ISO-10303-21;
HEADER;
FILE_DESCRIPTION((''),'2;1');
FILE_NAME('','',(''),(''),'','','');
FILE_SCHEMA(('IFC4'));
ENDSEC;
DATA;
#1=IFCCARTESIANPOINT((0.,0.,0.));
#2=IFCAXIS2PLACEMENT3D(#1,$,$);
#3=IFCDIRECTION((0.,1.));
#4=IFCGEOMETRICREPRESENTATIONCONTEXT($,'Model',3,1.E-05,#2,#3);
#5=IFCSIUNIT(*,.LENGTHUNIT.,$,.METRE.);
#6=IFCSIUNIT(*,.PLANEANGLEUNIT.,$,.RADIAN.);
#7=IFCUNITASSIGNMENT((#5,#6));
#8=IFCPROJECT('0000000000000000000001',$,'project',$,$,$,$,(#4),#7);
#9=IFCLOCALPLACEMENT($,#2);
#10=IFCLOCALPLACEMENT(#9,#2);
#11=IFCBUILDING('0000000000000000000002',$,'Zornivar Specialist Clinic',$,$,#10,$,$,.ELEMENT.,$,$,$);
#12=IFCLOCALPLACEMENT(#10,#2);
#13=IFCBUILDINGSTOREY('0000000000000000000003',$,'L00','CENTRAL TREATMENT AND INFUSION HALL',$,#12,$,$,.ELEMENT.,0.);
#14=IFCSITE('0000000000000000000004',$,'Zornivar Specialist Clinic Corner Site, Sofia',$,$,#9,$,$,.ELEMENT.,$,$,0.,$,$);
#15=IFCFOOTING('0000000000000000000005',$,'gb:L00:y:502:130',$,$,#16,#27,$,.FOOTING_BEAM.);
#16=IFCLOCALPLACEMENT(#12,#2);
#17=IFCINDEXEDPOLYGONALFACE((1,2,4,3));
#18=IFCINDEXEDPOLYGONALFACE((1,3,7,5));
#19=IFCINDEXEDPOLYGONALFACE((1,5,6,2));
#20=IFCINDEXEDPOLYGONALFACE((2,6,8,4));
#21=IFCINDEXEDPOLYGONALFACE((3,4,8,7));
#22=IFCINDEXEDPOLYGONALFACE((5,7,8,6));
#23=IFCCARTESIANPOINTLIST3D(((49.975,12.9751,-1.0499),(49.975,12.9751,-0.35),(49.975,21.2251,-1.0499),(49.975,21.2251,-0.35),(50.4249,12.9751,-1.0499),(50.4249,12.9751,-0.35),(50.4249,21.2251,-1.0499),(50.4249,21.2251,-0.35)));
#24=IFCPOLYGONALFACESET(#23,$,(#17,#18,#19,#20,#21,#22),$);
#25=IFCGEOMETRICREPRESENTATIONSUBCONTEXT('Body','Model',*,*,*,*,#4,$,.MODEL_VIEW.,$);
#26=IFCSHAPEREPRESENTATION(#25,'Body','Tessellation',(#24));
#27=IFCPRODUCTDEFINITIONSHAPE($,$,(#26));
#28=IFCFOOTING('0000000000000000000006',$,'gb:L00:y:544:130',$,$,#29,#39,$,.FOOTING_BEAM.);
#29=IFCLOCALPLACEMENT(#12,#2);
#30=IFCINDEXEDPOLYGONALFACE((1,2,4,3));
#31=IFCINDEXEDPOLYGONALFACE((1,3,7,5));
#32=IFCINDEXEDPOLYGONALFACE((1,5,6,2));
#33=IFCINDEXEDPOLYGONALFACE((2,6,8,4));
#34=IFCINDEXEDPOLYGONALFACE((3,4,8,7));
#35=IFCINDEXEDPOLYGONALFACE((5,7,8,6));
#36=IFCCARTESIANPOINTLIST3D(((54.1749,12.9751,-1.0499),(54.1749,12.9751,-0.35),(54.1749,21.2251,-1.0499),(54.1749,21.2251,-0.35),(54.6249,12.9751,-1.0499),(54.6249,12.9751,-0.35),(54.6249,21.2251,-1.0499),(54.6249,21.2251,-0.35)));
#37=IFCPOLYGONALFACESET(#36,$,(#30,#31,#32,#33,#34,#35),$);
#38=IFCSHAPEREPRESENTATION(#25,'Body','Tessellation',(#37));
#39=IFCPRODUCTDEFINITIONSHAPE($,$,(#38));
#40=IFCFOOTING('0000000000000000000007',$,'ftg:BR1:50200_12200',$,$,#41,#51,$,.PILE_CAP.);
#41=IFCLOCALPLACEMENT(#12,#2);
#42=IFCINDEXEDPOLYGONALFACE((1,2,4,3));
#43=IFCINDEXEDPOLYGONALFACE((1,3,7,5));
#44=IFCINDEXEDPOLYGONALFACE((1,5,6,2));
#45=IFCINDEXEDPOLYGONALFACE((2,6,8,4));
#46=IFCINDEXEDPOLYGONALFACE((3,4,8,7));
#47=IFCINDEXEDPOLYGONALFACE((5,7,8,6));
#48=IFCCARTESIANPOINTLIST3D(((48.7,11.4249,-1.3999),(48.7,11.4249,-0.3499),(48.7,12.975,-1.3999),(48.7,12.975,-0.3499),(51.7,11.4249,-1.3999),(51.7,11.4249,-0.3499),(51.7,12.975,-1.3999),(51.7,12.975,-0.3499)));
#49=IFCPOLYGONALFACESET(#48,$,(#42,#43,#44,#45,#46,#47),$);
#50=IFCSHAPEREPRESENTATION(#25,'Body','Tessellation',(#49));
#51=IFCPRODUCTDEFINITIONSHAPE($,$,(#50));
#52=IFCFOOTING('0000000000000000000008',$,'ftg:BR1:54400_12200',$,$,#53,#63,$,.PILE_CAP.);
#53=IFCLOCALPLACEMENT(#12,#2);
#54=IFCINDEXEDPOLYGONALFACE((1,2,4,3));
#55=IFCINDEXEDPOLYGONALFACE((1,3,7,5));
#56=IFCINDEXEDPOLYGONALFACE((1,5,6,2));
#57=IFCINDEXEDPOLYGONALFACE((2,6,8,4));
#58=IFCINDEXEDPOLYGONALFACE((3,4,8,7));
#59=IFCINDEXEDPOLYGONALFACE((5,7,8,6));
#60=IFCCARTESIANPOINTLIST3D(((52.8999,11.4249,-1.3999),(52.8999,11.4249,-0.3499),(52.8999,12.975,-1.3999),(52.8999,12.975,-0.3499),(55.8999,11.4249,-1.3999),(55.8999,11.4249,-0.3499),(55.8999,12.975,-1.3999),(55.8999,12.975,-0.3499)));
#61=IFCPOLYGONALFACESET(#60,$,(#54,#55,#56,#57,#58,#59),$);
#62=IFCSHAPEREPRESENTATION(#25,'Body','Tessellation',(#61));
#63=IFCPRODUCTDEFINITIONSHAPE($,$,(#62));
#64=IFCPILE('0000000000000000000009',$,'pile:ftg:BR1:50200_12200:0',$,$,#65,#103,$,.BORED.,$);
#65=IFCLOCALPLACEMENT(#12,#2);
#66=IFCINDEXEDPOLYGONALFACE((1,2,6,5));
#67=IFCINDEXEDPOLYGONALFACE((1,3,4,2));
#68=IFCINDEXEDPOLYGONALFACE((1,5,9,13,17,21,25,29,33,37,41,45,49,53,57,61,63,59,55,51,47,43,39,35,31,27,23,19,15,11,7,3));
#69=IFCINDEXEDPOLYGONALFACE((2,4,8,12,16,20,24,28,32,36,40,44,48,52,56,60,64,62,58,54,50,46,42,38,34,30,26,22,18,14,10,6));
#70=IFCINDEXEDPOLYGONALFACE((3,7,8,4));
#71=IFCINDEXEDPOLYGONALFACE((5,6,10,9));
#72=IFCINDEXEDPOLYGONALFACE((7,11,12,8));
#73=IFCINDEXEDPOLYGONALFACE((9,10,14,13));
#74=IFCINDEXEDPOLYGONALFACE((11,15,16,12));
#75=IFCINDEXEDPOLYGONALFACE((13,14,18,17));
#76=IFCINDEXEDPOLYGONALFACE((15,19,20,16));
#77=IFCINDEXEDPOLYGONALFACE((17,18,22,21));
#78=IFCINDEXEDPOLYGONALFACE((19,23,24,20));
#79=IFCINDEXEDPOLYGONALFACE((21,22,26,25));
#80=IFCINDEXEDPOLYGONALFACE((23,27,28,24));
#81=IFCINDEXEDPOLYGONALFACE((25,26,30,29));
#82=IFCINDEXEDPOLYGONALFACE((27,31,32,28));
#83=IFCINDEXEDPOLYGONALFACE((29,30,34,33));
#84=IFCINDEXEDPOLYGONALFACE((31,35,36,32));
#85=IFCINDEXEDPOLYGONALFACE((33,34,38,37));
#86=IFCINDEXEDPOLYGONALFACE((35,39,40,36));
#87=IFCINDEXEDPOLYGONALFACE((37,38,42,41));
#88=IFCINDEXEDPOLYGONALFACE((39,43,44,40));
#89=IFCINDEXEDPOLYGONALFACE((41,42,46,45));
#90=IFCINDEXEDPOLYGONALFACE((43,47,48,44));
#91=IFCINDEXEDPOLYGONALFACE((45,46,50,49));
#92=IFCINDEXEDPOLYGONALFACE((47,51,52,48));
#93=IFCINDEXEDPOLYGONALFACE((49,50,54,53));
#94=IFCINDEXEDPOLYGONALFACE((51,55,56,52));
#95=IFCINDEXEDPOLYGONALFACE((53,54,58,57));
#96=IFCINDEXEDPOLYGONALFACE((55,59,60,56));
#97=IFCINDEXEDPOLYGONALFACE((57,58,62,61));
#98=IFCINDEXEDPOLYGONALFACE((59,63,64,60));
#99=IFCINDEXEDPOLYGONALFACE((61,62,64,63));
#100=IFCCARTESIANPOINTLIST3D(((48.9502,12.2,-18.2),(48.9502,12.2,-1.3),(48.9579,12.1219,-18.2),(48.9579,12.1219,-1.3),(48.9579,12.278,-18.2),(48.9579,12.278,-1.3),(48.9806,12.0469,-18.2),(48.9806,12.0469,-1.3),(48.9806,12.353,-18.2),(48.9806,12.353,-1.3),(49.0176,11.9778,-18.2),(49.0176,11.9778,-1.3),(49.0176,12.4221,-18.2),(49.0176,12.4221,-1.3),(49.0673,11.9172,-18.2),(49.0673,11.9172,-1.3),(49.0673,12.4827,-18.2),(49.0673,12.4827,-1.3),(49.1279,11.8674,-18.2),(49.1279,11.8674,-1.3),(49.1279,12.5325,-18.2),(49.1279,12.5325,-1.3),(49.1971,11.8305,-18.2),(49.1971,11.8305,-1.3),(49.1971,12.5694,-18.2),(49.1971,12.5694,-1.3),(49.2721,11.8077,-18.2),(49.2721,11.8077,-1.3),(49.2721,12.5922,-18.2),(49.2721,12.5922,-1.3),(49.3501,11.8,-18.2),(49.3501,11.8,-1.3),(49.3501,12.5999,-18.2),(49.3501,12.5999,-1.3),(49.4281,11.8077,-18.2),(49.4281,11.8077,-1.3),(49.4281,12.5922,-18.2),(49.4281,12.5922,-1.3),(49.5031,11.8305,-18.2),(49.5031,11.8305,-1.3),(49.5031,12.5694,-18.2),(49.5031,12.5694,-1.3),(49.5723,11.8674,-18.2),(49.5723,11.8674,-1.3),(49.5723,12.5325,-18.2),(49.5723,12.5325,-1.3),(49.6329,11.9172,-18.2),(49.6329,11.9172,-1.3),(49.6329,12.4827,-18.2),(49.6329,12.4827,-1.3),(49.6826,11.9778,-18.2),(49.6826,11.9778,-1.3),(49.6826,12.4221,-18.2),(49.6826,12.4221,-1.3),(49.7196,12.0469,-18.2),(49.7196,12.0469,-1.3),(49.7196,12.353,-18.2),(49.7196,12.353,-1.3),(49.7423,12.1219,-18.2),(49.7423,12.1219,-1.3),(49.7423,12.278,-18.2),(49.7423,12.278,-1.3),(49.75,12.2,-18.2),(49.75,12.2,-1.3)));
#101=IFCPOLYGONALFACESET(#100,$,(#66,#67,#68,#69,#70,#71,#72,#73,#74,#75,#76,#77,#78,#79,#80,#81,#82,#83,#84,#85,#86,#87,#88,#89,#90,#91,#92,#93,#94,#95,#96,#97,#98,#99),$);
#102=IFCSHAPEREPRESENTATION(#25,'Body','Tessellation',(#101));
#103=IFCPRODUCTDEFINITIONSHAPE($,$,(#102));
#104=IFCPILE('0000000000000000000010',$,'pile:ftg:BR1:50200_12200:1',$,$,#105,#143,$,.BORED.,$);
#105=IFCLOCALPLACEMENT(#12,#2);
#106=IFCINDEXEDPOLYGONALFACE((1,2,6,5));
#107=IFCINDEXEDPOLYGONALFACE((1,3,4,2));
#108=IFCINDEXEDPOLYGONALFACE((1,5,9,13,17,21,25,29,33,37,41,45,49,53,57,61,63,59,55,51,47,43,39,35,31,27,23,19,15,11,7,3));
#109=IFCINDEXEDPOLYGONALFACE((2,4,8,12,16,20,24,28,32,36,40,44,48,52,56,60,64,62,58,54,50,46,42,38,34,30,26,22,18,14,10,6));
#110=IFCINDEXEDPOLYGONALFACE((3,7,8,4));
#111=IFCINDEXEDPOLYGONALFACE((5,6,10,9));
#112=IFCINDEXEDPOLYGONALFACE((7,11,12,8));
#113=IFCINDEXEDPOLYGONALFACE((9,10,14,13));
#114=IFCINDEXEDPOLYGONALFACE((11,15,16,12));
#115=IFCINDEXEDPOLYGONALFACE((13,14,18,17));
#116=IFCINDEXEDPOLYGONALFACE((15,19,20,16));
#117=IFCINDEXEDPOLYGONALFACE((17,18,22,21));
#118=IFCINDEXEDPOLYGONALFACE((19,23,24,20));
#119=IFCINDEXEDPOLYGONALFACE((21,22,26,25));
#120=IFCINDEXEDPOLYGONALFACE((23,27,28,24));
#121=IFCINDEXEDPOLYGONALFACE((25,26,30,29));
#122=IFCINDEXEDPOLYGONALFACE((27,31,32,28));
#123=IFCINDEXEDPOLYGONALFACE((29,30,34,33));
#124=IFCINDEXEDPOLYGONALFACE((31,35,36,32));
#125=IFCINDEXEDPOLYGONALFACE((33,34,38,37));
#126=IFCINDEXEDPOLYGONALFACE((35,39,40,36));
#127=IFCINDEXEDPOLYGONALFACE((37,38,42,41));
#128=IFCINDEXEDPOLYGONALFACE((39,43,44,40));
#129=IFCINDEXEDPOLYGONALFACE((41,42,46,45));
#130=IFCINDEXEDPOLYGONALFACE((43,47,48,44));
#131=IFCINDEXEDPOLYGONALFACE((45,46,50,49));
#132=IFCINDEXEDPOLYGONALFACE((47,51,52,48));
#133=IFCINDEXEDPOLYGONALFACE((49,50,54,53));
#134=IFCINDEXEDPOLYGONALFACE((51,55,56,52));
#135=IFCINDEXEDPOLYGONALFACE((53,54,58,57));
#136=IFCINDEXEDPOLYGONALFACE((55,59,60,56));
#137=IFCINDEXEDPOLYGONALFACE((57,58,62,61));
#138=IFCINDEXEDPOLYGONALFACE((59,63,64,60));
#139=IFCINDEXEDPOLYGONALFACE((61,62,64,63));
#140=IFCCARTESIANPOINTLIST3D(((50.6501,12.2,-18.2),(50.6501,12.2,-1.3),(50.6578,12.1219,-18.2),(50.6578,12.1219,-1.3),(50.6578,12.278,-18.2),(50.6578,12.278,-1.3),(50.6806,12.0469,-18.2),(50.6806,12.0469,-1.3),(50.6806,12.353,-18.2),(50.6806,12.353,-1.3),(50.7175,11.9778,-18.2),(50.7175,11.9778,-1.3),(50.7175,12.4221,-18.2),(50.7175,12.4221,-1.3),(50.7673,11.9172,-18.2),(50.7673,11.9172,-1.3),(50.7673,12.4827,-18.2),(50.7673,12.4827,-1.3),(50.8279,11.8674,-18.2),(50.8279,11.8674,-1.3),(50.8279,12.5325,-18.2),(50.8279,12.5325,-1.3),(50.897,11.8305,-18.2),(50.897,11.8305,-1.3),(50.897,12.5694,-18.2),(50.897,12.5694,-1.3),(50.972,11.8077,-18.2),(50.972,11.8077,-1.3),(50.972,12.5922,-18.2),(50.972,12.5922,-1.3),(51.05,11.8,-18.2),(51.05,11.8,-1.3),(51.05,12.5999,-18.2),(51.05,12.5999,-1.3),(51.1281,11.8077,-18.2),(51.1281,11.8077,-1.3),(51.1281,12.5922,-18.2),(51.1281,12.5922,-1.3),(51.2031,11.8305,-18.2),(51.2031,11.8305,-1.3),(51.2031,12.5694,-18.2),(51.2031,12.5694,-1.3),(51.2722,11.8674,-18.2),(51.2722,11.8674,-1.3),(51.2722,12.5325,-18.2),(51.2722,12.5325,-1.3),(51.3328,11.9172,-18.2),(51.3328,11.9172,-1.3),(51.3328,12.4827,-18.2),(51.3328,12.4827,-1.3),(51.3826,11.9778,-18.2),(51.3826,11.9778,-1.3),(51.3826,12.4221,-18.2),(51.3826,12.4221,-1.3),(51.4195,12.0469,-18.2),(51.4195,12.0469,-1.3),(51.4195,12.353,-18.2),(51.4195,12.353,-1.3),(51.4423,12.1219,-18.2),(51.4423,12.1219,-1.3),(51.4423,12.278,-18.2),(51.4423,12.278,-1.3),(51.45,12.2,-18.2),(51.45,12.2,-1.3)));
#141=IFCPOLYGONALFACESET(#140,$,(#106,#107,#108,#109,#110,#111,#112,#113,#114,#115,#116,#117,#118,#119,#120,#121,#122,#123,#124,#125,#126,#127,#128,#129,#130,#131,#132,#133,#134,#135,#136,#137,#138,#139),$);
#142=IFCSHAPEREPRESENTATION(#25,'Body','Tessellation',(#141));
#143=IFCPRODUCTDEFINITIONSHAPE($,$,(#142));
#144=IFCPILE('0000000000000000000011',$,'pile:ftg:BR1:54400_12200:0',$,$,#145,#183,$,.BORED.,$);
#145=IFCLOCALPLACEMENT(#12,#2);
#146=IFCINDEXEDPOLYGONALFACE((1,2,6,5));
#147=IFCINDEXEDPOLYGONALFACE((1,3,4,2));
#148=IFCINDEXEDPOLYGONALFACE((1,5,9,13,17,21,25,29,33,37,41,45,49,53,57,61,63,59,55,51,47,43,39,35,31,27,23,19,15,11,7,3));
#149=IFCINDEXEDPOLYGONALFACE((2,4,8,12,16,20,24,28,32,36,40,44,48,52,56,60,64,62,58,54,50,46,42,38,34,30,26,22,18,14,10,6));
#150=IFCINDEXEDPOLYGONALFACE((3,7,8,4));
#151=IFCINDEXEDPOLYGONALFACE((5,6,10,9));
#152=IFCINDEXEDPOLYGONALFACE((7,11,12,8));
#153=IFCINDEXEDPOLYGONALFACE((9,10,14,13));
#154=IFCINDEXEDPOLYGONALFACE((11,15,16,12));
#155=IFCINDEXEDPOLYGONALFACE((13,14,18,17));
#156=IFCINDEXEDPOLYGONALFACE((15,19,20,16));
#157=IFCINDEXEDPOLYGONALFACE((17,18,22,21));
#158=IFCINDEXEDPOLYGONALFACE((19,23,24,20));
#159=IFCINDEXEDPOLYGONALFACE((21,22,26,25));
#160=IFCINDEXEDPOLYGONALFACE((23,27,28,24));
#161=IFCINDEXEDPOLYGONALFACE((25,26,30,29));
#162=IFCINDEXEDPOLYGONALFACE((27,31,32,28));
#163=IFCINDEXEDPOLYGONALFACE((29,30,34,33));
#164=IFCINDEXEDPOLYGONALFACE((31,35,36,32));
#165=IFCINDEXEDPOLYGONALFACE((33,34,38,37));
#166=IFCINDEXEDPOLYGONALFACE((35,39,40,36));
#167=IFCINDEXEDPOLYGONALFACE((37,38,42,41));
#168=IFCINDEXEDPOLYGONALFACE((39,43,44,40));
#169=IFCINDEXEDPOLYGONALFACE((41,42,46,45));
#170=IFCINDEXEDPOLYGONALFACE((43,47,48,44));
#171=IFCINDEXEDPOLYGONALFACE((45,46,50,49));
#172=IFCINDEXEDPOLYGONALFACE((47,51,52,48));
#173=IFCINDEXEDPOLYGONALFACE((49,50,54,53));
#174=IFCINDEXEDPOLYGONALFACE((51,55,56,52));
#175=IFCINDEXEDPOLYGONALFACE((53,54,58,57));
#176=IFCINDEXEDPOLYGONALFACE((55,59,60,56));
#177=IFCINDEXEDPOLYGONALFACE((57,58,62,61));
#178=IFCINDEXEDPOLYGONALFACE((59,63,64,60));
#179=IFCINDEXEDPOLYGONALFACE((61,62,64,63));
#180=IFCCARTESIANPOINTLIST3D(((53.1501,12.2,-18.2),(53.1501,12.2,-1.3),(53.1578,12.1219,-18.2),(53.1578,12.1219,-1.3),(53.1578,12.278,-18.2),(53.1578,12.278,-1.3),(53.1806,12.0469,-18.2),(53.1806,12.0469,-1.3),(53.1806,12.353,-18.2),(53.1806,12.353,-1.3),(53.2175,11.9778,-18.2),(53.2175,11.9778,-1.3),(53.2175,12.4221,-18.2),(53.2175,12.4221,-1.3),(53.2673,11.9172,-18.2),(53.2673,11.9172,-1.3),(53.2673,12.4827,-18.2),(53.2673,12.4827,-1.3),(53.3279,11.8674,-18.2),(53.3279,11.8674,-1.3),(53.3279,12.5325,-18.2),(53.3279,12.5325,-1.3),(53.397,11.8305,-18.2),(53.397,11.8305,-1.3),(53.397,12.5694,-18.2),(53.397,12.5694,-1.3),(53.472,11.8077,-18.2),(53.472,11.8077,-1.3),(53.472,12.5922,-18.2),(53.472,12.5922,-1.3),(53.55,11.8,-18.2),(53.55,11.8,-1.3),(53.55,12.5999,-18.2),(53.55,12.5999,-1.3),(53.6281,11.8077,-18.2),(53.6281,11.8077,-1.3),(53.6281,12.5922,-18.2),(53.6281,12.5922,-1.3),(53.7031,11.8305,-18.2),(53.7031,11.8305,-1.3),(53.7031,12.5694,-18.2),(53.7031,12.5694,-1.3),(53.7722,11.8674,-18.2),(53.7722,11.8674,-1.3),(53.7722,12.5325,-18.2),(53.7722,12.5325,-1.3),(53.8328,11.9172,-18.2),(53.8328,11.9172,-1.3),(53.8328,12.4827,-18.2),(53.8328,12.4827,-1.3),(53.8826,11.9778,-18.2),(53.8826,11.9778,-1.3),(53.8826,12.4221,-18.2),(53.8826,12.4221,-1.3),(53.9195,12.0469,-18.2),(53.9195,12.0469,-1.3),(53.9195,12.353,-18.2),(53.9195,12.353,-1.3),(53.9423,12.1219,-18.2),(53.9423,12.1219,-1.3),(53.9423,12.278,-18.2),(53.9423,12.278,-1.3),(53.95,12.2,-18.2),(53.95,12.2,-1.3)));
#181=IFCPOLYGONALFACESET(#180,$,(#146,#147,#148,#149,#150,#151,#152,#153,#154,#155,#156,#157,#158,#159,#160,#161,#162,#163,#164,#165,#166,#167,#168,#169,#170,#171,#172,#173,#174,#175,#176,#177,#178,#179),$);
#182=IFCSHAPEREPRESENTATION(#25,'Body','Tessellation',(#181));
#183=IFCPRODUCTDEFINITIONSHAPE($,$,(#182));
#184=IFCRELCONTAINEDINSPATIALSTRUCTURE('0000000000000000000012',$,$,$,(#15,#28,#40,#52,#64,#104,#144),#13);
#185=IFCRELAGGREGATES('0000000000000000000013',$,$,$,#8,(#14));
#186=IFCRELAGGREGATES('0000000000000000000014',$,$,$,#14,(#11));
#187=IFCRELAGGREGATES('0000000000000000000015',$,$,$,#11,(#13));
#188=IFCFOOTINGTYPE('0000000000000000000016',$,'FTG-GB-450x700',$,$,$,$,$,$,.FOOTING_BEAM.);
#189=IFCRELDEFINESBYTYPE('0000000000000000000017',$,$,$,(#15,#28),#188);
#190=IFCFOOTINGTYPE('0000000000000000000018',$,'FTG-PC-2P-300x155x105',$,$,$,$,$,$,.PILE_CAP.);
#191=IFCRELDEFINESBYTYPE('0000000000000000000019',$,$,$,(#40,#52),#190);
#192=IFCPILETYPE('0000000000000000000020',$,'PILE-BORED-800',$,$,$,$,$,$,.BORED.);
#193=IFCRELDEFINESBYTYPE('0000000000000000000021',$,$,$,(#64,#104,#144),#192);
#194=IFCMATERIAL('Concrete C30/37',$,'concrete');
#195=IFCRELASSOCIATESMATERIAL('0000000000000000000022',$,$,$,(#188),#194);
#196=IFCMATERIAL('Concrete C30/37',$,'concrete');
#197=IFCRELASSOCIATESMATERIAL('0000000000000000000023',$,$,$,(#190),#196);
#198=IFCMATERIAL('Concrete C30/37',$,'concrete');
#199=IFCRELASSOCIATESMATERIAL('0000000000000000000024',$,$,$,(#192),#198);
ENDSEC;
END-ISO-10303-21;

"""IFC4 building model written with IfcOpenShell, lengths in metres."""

from ifc_helpers import new_model, si_unit, direction, frame, origin, origin_2d, place, context, subcontext, project, spatial, rectangle, circle, extrude, material, material_profile, profile_set, type_object, element, save


model = new_model("IFC4")

# Units and contexts
model_context = context("Model", 3, precision=1e-05, world=origin(), true_north=direction((0.0, 1.0)))
body_context = subcontext(model_context, "Body", "Model", "MODEL_VIEW")
ifc_project = project(units=[si_unit("LENGTHUNIT", "METRE"), si_unit("PLANEANGLEUNIT", "RADIAN")], contexts=[model_context])

# Site, building, storey
site_placement = place(None, origin())
site = spatial("IfcSite", under=ifc_project, at=site_placement, Name="Zornivar Specialist Clinic Corner Site, Sofia", CompositionType="ELEMENT", RefElevation=0.0)
building_placement = place(site_placement, origin())
building = spatial("IfcBuilding", under=site, at=building_placement, Name="Zornivar Specialist Clinic", CompositionType="ELEMENT")
storey_placement = place(building_placement, origin())
storey = spatial("IfcBuildingStorey", under=building, at=storey_placement, Name="L00", Description="CENTRAL TREATMENT AND INFUSION HALL", CompositionType="ELEMENT", Elevation=0.0)

# Footings
ifc_material_1 = material(Name="Concrete C30/37", Category="concrete")
ifc_material_profile_1 = material_profile(ifc_material_1, rectangle(XDim=0.45, YDim=0.7, at=origin_2d()), Name="RC 450x700")
ifc_profile_set_1 = profile_set([ifc_material_profile_1], Name="Concrete C30/37")
footing_type_1 = type_object("IfcFootingType", Name="FTG-GB-450x700", PredefinedType="FOOTING_BEAM", material=ifc_profile_set_1)
for number, where, z_axis, x_axis, name in (
    (1, (50.2, 12.9751, -0.7), (0.0, 1.0, 0.0), (-1.0, 0.0, 0.0), "gb:L00:y:502:130"),
    (2, (54.3999, 12.9751, -0.7), (0.0, 1.0, 0.0), (-1.0, 0.0, 0.0), "gb:L00:y:544:130"),
):
    element("IfcFooting", number, at=place(storey_placement, frame(where, z_axis=z_axis, x_axis=x_axis)), inside=storey, type_object=footing_type_1, Name=name, PredefinedType="FOOTING_BEAM", context=body_context, shape_type="SweptSolid", body=[
        extrude(rectangle(XDim=0.45, YDim=0.7, at=origin_2d()), origin(), (0.0, 0.0, 1.0), 8.25),
    ])
ifc_material_2 = material(Name="Concrete C30/37", Category="concrete")
footing_type_2 = type_object("IfcFootingType", Name="FTG-PC-2P-300x155x105", PredefinedType="PILE_CAP", material=ifc_material_2)
for number, where, z_axis, x_axis, name in (
    (3, (50.2, 12.2, -1.3999), (0.0, 0.0, 1.0), (1.0, 0.0, 0.0), "ftg:BR1:50200_12200"),
    (4, (54.3999, 12.2, -1.3999), (0.0, 0.0, 1.0), (1.0, 0.0, 0.0), "ftg:BR1:54400_12200"),
):
    element("IfcFooting", number, at=place(storey_placement, frame(where, z_axis=z_axis, x_axis=x_axis)), inside=storey, type_object=footing_type_2, Name=name, PredefinedType="PILE_CAP", context=body_context, shape_type="SweptSolid", body=[
        extrude(rectangle(XDim=3.0, YDim=1.55, at=origin_2d()), origin(), (0.0, 0.0, 1.0), 1.05),
    ])

# Piles
ifc_material_3 = material(Name="Concrete C30/37", Category="concrete")
ifc_material_profile_2 = material_profile(ifc_material_3, circle(Radius=0.3999, at=origin_2d()), Name="PILE D800")
ifc_profile_set_2 = profile_set([ifc_material_profile_2], Name="Concrete C30/37")
pile_type = type_object("IfcPileType", Name="PILE-BORED-800", PredefinedType="BORED", material=ifc_profile_set_2)
for number, where, z_axis, x_axis, name in (
    (5, (49.3501, 12.2, -1.3), (0.0, 0.0, -1.0), (1.0, 0.0, 0.0), "pile:ftg:BR1:50200_12200:0"),
    (6, (51.05, 12.2, -1.3), (0.0, 0.0, -1.0), (1.0, 0.0, 0.0), "pile:ftg:BR1:50200_12200:1"),
    (7, (53.55, 12.2, -1.3), (0.0, 0.0, -1.0), (1.0, 0.0, 0.0), "pile:ftg:BR1:54400_12200:0"),
):
    element("IfcPile", number, at=place(storey_placement, frame(where, z_axis=z_axis, x_axis=x_axis)), inside=storey, type_object=pile_type, Name=name, PredefinedType="BORED", context=body_context, shape_type="SweptSolid", body=[
        extrude(circle(Radius=0.3999, at=origin_2d()), origin(), (0.0, 0.0, 1.0), 16.8999),
    ])

save(model, "model.ifc")
